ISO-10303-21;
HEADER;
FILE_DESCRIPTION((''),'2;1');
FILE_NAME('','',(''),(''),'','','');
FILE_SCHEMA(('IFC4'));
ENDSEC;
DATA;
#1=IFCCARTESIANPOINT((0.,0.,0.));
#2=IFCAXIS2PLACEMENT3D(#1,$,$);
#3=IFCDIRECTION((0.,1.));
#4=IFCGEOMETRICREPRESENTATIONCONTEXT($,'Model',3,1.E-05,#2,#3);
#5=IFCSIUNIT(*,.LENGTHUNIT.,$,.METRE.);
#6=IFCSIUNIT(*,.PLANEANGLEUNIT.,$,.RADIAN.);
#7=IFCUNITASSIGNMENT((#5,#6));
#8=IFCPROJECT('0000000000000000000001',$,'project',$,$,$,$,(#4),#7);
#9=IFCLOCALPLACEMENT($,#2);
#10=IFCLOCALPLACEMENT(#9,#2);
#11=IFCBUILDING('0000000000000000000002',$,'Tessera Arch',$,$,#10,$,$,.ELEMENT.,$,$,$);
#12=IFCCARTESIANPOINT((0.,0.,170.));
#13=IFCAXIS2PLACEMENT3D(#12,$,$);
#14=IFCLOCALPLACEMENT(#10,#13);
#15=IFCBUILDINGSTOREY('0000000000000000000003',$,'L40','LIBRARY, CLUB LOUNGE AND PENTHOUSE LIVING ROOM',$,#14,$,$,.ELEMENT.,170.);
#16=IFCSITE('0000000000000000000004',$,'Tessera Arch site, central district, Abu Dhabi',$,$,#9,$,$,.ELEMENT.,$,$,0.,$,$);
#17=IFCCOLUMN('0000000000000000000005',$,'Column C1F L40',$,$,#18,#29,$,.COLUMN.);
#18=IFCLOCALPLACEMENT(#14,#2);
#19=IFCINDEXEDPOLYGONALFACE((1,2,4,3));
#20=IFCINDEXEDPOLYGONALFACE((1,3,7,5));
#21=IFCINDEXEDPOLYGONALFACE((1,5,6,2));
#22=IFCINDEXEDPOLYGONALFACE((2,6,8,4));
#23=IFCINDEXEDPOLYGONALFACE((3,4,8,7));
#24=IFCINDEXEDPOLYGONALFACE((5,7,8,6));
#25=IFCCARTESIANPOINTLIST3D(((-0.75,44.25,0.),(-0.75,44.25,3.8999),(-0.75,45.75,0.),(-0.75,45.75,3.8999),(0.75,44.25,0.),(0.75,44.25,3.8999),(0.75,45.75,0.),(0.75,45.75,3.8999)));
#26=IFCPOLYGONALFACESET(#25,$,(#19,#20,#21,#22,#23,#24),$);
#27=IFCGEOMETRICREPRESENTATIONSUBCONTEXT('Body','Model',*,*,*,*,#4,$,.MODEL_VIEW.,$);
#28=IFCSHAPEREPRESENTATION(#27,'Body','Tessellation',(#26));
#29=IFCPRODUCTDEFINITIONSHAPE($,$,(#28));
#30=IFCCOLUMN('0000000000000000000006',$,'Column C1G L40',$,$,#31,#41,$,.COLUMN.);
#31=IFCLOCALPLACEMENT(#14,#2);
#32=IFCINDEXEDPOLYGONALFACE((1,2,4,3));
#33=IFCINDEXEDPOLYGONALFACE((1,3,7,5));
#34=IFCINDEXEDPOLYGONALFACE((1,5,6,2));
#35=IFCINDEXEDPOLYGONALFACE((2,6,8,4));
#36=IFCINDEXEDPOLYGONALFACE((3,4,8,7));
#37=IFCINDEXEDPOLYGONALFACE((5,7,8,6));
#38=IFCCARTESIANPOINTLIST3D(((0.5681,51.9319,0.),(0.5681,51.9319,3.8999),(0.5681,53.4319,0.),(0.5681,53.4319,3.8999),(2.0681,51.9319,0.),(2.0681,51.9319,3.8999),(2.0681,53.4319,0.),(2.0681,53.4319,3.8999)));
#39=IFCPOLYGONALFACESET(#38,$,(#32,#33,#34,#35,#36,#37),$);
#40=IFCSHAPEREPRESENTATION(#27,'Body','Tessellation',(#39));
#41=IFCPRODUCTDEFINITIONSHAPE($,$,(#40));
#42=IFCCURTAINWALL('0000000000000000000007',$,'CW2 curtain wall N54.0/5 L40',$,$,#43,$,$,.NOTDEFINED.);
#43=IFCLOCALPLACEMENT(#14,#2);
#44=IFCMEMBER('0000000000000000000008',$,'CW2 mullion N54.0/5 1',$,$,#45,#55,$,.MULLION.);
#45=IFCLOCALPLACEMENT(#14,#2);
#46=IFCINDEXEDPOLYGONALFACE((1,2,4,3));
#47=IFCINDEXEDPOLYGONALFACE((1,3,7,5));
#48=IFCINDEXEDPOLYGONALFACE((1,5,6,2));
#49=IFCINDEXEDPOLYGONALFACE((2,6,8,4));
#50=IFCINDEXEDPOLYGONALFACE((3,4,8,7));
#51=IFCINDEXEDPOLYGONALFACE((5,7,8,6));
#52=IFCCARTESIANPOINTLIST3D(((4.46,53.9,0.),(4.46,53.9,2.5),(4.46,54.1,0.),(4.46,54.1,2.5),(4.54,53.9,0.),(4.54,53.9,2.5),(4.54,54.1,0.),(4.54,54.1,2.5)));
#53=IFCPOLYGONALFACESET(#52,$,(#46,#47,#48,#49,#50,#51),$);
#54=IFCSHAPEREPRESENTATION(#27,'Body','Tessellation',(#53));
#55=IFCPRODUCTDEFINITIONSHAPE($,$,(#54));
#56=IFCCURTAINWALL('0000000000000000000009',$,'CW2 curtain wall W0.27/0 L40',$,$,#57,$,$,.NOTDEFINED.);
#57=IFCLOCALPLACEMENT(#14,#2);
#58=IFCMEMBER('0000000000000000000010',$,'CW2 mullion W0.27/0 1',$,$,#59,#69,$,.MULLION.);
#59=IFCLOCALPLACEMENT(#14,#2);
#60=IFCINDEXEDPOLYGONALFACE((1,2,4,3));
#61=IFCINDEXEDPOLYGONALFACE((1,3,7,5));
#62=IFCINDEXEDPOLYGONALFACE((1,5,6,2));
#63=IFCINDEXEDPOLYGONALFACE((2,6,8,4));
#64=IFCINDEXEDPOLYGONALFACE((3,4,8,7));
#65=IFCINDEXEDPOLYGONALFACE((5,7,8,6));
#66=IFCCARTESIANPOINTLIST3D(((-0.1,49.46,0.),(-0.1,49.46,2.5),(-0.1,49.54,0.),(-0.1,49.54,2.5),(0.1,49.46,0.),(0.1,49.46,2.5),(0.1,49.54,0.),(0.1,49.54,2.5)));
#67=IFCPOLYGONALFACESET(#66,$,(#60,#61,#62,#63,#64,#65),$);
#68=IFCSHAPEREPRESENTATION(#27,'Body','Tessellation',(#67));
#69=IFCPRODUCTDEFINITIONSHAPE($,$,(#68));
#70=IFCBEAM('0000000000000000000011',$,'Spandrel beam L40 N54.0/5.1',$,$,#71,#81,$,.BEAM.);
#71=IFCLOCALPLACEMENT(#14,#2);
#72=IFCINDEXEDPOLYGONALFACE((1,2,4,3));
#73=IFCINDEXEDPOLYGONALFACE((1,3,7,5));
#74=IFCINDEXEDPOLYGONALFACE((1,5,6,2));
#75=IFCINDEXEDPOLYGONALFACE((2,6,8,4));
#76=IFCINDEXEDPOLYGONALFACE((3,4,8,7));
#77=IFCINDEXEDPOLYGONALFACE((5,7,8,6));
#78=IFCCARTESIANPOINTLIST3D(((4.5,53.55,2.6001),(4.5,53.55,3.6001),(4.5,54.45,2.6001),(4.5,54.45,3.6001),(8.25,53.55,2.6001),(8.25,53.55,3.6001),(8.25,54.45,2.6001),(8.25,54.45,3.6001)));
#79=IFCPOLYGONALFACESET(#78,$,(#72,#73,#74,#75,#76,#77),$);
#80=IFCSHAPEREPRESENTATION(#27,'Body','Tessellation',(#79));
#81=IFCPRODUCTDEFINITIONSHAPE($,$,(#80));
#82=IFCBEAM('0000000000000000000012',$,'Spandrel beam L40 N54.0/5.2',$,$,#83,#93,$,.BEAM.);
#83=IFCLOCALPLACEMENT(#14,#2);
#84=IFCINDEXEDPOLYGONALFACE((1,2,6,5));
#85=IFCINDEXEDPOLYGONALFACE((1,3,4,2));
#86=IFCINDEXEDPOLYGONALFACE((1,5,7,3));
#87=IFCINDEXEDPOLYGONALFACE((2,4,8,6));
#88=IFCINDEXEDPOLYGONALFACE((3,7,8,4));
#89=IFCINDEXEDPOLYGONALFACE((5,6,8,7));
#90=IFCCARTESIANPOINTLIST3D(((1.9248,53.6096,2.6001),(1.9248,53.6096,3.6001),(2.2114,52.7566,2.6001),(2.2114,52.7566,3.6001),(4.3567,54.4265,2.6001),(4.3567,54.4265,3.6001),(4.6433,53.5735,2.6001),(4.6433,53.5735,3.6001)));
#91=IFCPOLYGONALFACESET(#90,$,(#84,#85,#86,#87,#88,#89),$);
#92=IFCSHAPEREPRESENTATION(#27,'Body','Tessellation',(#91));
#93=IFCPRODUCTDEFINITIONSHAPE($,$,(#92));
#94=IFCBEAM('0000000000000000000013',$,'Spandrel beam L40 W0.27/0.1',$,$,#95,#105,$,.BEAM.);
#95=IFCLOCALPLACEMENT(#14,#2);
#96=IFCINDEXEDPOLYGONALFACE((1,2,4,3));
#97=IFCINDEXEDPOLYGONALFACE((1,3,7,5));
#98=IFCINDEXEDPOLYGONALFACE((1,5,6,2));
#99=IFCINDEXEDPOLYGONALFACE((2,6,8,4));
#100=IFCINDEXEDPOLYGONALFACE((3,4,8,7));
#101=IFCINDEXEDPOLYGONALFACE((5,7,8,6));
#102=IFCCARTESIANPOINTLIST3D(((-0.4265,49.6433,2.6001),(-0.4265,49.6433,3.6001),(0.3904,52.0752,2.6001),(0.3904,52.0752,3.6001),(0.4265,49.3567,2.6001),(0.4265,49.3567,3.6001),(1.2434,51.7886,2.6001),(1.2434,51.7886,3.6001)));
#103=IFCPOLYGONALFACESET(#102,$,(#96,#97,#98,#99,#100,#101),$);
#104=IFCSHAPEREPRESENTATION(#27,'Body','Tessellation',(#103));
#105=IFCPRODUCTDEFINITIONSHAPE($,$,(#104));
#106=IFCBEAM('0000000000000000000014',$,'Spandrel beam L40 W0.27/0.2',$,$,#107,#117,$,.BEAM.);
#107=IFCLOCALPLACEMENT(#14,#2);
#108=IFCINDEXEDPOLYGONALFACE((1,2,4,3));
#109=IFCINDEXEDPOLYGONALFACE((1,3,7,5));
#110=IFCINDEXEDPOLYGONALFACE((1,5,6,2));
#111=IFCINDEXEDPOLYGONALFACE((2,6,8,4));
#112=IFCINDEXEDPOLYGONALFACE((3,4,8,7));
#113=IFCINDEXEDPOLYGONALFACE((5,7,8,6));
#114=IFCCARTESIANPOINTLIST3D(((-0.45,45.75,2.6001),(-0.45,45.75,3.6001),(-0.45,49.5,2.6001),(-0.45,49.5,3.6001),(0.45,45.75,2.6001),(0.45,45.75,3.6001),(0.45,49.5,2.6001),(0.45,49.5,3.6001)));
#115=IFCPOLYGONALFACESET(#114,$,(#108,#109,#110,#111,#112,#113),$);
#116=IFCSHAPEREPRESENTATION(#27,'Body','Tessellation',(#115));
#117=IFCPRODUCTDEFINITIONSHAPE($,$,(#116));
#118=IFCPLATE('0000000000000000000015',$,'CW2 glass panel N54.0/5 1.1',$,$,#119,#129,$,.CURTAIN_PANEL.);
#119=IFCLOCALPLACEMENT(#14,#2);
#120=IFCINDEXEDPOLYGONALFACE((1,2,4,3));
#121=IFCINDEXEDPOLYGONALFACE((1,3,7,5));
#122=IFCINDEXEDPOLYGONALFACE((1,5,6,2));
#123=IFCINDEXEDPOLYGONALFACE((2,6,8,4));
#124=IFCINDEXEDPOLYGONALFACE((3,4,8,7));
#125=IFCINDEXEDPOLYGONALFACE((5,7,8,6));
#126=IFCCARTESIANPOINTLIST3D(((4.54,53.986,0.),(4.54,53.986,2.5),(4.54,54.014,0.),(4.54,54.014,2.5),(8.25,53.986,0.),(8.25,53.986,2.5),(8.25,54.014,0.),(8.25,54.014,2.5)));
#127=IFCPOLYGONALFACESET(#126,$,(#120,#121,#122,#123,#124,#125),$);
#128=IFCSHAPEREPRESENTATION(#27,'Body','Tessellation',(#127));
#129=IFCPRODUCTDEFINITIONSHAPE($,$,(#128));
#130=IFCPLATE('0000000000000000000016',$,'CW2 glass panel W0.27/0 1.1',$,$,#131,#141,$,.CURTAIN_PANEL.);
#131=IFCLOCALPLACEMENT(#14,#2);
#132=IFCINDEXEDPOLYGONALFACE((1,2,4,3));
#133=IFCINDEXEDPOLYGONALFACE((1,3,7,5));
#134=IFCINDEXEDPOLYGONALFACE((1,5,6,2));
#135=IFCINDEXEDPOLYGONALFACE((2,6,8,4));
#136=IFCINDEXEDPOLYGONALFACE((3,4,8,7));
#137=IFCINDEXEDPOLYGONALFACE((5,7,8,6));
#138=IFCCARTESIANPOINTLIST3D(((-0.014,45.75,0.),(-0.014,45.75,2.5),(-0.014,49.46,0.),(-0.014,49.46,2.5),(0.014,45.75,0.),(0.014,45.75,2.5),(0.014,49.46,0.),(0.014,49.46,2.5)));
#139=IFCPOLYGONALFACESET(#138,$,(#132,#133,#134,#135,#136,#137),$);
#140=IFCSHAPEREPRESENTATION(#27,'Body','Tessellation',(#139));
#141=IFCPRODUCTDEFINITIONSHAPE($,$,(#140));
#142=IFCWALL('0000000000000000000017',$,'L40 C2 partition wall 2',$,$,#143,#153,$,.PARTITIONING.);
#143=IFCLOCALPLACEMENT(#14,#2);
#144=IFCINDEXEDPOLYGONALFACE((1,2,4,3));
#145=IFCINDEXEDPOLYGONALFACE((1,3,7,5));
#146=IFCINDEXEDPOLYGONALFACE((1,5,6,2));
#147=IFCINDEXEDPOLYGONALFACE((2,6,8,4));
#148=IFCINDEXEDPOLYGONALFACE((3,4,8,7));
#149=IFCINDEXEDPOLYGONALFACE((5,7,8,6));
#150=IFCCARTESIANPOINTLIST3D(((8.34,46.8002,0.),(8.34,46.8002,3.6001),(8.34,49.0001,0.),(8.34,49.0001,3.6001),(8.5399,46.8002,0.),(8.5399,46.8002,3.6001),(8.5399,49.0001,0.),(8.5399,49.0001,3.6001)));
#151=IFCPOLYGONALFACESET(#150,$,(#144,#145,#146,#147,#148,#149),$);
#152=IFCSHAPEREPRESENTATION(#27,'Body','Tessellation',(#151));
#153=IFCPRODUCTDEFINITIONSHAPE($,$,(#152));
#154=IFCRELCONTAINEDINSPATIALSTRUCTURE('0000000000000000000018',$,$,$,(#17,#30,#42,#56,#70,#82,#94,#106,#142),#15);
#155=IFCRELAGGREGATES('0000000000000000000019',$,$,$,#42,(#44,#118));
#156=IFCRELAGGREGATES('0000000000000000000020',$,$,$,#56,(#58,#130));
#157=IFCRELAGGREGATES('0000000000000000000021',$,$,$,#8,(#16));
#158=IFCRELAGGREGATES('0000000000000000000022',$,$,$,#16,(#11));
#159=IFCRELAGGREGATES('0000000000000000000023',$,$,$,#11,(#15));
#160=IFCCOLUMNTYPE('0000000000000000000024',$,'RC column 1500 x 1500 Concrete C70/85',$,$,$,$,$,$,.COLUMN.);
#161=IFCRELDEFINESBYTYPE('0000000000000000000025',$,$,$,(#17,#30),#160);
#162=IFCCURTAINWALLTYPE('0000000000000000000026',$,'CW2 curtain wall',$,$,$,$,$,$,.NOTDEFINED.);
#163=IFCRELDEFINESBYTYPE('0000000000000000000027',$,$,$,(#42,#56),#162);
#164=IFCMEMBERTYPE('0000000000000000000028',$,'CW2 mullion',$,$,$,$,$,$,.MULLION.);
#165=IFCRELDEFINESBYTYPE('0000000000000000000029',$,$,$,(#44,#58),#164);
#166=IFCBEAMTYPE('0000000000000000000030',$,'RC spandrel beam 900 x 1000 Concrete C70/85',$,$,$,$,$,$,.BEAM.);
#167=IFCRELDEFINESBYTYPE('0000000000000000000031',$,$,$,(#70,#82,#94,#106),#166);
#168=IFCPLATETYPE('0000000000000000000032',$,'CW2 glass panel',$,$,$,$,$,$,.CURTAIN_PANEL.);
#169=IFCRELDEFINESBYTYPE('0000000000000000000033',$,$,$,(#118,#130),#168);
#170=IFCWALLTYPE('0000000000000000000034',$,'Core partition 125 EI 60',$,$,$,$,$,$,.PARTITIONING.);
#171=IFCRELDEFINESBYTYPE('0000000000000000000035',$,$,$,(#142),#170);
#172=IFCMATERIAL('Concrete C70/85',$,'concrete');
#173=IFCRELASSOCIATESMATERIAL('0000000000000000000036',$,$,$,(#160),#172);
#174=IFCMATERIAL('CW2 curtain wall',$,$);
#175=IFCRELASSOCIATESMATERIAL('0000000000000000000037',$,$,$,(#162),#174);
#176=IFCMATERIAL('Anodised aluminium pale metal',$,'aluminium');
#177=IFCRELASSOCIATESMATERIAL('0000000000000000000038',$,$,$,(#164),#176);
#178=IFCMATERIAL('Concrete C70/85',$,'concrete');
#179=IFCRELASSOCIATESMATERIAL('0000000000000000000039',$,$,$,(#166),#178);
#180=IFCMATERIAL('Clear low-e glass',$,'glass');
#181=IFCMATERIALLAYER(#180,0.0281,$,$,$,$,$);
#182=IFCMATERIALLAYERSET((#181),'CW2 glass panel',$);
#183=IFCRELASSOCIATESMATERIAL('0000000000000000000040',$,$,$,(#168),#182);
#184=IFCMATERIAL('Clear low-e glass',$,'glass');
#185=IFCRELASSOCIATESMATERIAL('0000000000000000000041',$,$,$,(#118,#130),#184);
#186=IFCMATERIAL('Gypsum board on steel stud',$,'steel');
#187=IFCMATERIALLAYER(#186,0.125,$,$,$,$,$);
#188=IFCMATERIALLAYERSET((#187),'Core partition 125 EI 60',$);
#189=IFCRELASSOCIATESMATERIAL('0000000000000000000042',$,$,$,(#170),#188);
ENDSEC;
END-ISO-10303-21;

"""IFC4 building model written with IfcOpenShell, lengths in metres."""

from ifc_helpers import new_model, si_unit, direction, frame, frame_2d, origin, origin_2d, place, context, subcontext, project, spatial, rectangle, extrude, material, layer, layer_set, material_profile, profile_set, type_object, element, aggregate, save


model = new_model("IFC4")

# Units and contexts
model_context = context("Model", 3, precision=1e-05, world=origin(), true_north=direction((0.0, 1.0)))
body_context = subcontext(model_context, "Body", "Model", "MODEL_VIEW")
ifc_project = project(units=[si_unit("LENGTHUNIT", "METRE"), si_unit("PLANEANGLEUNIT", "RADIAN")], contexts=[model_context])

# Site, building, storey
site_placement = place(None, origin())
site = spatial("IfcSite", under=ifc_project, at=site_placement, Name="Tessera Arch site, central district, Abu Dhabi", CompositionType="ELEMENT", RefElevation=0.0)
building_placement = place(site_placement, origin())
building = spatial("IfcBuilding", under=site, at=building_placement, Name="Tessera Arch", CompositionType="ELEMENT")
storey_placement = place(building_placement, frame((0.0, 0.0, 170.0)))
storey = spatial("IfcBuildingStorey", under=building, at=storey_placement, Name="L40", Description="LIBRARY, CLUB LOUNGE AND PENTHOUSE LIVING ROOM", CompositionType="ELEMENT", Elevation=170.0)

# Columns
ifc_material_1 = material(Name="Concrete C70/85", Category="concrete")
ifc_material_profile_1 = material_profile(ifc_material_1, rectangle(XDim=1.5, YDim=1.5, at=origin_2d()), Name="RC column 1500 x 1500 Concrete C70/85")
ifc_profile_set_1 = profile_set([ifc_material_profile_1], Name="Concrete C70/85")
column_type = type_object("IfcColumnType", Name="RC column 1500 x 1500 Concrete C70/85", PredefinedType="COLUMN", material=ifc_profile_set_1)
for number, where, z_axis, x_axis, name in (
    (1, (0.0, 45.0, 0.0), (0.0, 0.0, 1.0), (1.0, 0.0, 0.0), "Column C1F L40"),
    (2, (1.3181, 52.6819, 0.0), (0.0, 0.0, 1.0), (1.0, 0.0, 0.0), "Column C1G L40"),
):
    element("IfcColumn", number, at=place(storey_placement, frame(where, z_axis=z_axis, x_axis=x_axis)), inside=storey, type_object=column_type, Name=name, PredefinedType="COLUMN", context=body_context, shape_type="SweptSolid", body=[
        extrude(rectangle(XDim=1.5, YDim=1.5, at=origin_2d()), origin(), (0.0, 0.0, 1.0), 3.8999),
    ])

# Curtain walls, members
ifc_material_2 = material(Name="CW2 curtain wall")
curtain_wall_type = type_object("IfcCurtainWallType", Name="CW2 curtain wall", PredefinedType="NOTDEFINED", material=ifc_material_2)
curtain_wall_1_placement = place(storey_placement, origin())
curtain_wall_1 = element("IfcCurtainWall", 3, at=curtain_wall_1_placement, inside=storey, type_object=curtain_wall_type, Name="CW2 curtain wall N54.0/5 L40", PredefinedType="NOTDEFINED")
ifc_material_3 = material(Name="Anodised aluminium pale metal", Category="aluminium")
ifc_material_profile_2 = material_profile(ifc_material_3, rectangle(XDim=0.2, YDim=0.0801, at=origin_2d()), Name="AL 80x200")
ifc_profile_set_2 = profile_set([ifc_material_profile_2], Name="Anodised aluminium pale metal")
member_type = type_object("IfcMemberType", Name="CW2 mullion", PredefinedType="MULLION", material=ifc_profile_set_2)
member_1_placement = place(storey_placement, frame((4.5, 54.0, 0.0), z_axis=(0.0, 0.0, 1.0), x_axis=(0.0, -1.0, 0.0)))
member_1 = element("IfcMember", 4, at=member_1_placement, type_object=member_type, Name="CW2 mullion N54.0/5 1", PredefinedType="MULLION", context=body_context, shape_type="SweptSolid", body=[
    extrude(rectangle(XDim=0.2, YDim=0.0801, at=origin_2d()), origin(), (0.0, 0.0, 1.0), 2.5),
])
curtain_wall_2_placement = place(storey_placement, origin())
curtain_wall_2 = element("IfcCurtainWall", 5, at=curtain_wall_2_placement, inside=storey, type_object=curtain_wall_type, Name="CW2 curtain wall W0.27/0 L40", PredefinedType="NOTDEFINED")
member_2_placement = place(storey_placement, frame((0.0, 49.5, 0.0), z_axis=(0.0, 0.0, 1.0), x_axis=(1.0, 0.0, 0.0)))
member_2 = element("IfcMember", 6, at=member_2_placement, type_object=member_type, Name="CW2 mullion W0.27/0 1", PredefinedType="MULLION", context=body_context, shape_type="SweptSolid", body=[
    extrude(rectangle(XDim=0.2, YDim=0.0801, at=origin_2d()), origin(), (0.0, 0.0, 1.0), 2.5),
])

# Beams
ifc_material_4 = material(Name="Concrete C70/85", Category="concrete")
ifc_material_profile_3 = material_profile(ifc_material_4, rectangle(XDim=0.8999, YDim=1.0, at=origin_2d()), Name="RC spandrel beam 900 x 1000 Concrete C70/85")
ifc_profile_set_3 = profile_set([ifc_material_profile_3], Name="Concrete C70/85")
beam_type = type_object("IfcBeamType", Name="RC spandrel beam 900 x 1000 Concrete C70/85", PredefinedType="BEAM", material=ifc_profile_set_3)
beam_1_placement = place(storey_placement, frame((8.25, 54.0, 3.1001), z_axis=(-1.0, 0.0, 0.0), x_axis=(0.0, -1.0, 0.0)))
element("IfcBeam", 7, at=beam_1_placement, inside=storey, type_object=beam_type, Name="Spandrel beam L40 N54.0/5.1", PredefinedType="BEAM", context=body_context, shape_type="SweptSolid", body=[
    extrude(rectangle(XDim=0.8999, YDim=1.0, at=origin_2d()), origin(), (0.0, 0.0, 1.0), 3.75),
])
for number, where, z_axis, x_axis, name in (
    (8, (4.5, 54.0, 3.1001), (-0.947948, -0.318425, 0.0), (0.318425, -0.947948, 0.0), "Spandrel beam L40 N54.0/5.2"),
    (9, (0.8169, 51.9319, 3.1001), (-0.318425, -0.947948, 0.0), (0.947948, -0.318425, 0.0), "Spandrel beam L40 W0.27/0.1"),
):
    element("IfcBeam", number, at=place(storey_placement, frame(where, z_axis=z_axis, x_axis=x_axis)), inside=storey, type_object=beam_type, Name=name, PredefinedType="BEAM", context=body_context, shape_type="SweptSolid", body=[
        extrude(rectangle(XDim=0.8999, YDim=1.0, at=origin_2d()), origin(), (0.0, 0.0, 1.0), 2.5654),
    ])
beam_2_placement = place(storey_placement, frame((0.0, 49.5, 3.1001), z_axis=(0.0, -1.0, 0.0), x_axis=(1.0, 0.0, 0.0)))
element("IfcBeam", 10, at=beam_2_placement, inside=storey, type_object=beam_type, Name="Spandrel beam L40 W0.27/0.2", PredefinedType="BEAM", context=body_context, shape_type="SweptSolid", body=[
    extrude(rectangle(XDim=0.8999, YDim=1.0, at=origin_2d()), origin(), (0.0, 0.0, 1.0), 3.75),
])

# Plates
ifc_material_5 = material(Name="Clear low-e glass", Category="glass")
ifc_material_6 = material(Name="Clear low-e glass", Category="glass")
ifc_layer_1 = layer(ifc_material_6, 0.0281)
ifc_layer_set_1 = layer_set([ifc_layer_1], Name="CW2 glass panel")
plate_type = type_object("IfcPlateType", Name="CW2 glass panel", PredefinedType="CURTAIN_PANEL", material=ifc_layer_set_1)
plate_1_placement = place(storey_placement, frame((6.395, 54.0, 0.0), z_axis=(0.0, 0.0, 1.0), x_axis=(-1.0, 0.0, 0.0)))
plate_1 = element("IfcPlate", 11, at=plate_1_placement, type_object=plate_type, material=ifc_material_5, Name="CW2 glass panel N54.0/5 1.1", PredefinedType="CURTAIN_PANEL", context=body_context, shape_type="SweptSolid", body=[
    extrude(rectangle(XDim=3.71, YDim=0.0281, at=origin_2d()), origin(), (0.0, 0.0, 1.0), 2.5),
])
aggregate(curtain_wall_1, [member_1, plate_1])
plate_2_placement = place(storey_placement, frame((0.0, 47.605, 0.0), z_axis=(0.0, 0.0, 1.0), x_axis=(0.0, -1.0, 0.0)))
plate_2 = element("IfcPlate", 12, at=plate_2_placement, type_object=plate_type, material=ifc_material_5, Name="CW2 glass panel W0.27/0 1.1", PredefinedType="CURTAIN_PANEL", context=body_context, shape_type="SweptSolid", body=[
    extrude(rectangle(XDim=3.71, YDim=0.0281, at=origin_2d()), origin(), (0.0, 0.0, 1.0), 2.5),
])
aggregate(curtain_wall_2, [member_2, plate_2])

# Wall
ifc_material_7 = material(Name="Gypsum board on steel stud", Category="steel")
ifc_layer_2 = layer(ifc_material_7, 0.125)
ifc_layer_set_2 = layer_set([ifc_layer_2], Name="Core partition 125 EI 60")
wall_type_1 = type_object("IfcWallType", Name="Core partition 125 EI 60", PredefinedType="PARTITIONING", material=ifc_layer_set_2)
wall_1_placement = place(storey_placement, frame((8.4399, 46.8, 0.0), z_axis=(0.0, 0.0, 1.0), x_axis=(0.0, 1.0, 0.0)))
element("IfcWall", 13, at=wall_1_placement, inside=storey, type_object=wall_type_1, Name="L40 C2 partition wall 2", PredefinedType="PARTITIONING", context=body_context, shape_type="SweptSolid", body=[
    extrude(rectangle(XDim=2.2, YDim=0.2, at=frame_2d((1.1001, 0.0))), origin(), (0.0, 0.0, 1.0), 3.6001),
])

save(model, "model.ifc")
